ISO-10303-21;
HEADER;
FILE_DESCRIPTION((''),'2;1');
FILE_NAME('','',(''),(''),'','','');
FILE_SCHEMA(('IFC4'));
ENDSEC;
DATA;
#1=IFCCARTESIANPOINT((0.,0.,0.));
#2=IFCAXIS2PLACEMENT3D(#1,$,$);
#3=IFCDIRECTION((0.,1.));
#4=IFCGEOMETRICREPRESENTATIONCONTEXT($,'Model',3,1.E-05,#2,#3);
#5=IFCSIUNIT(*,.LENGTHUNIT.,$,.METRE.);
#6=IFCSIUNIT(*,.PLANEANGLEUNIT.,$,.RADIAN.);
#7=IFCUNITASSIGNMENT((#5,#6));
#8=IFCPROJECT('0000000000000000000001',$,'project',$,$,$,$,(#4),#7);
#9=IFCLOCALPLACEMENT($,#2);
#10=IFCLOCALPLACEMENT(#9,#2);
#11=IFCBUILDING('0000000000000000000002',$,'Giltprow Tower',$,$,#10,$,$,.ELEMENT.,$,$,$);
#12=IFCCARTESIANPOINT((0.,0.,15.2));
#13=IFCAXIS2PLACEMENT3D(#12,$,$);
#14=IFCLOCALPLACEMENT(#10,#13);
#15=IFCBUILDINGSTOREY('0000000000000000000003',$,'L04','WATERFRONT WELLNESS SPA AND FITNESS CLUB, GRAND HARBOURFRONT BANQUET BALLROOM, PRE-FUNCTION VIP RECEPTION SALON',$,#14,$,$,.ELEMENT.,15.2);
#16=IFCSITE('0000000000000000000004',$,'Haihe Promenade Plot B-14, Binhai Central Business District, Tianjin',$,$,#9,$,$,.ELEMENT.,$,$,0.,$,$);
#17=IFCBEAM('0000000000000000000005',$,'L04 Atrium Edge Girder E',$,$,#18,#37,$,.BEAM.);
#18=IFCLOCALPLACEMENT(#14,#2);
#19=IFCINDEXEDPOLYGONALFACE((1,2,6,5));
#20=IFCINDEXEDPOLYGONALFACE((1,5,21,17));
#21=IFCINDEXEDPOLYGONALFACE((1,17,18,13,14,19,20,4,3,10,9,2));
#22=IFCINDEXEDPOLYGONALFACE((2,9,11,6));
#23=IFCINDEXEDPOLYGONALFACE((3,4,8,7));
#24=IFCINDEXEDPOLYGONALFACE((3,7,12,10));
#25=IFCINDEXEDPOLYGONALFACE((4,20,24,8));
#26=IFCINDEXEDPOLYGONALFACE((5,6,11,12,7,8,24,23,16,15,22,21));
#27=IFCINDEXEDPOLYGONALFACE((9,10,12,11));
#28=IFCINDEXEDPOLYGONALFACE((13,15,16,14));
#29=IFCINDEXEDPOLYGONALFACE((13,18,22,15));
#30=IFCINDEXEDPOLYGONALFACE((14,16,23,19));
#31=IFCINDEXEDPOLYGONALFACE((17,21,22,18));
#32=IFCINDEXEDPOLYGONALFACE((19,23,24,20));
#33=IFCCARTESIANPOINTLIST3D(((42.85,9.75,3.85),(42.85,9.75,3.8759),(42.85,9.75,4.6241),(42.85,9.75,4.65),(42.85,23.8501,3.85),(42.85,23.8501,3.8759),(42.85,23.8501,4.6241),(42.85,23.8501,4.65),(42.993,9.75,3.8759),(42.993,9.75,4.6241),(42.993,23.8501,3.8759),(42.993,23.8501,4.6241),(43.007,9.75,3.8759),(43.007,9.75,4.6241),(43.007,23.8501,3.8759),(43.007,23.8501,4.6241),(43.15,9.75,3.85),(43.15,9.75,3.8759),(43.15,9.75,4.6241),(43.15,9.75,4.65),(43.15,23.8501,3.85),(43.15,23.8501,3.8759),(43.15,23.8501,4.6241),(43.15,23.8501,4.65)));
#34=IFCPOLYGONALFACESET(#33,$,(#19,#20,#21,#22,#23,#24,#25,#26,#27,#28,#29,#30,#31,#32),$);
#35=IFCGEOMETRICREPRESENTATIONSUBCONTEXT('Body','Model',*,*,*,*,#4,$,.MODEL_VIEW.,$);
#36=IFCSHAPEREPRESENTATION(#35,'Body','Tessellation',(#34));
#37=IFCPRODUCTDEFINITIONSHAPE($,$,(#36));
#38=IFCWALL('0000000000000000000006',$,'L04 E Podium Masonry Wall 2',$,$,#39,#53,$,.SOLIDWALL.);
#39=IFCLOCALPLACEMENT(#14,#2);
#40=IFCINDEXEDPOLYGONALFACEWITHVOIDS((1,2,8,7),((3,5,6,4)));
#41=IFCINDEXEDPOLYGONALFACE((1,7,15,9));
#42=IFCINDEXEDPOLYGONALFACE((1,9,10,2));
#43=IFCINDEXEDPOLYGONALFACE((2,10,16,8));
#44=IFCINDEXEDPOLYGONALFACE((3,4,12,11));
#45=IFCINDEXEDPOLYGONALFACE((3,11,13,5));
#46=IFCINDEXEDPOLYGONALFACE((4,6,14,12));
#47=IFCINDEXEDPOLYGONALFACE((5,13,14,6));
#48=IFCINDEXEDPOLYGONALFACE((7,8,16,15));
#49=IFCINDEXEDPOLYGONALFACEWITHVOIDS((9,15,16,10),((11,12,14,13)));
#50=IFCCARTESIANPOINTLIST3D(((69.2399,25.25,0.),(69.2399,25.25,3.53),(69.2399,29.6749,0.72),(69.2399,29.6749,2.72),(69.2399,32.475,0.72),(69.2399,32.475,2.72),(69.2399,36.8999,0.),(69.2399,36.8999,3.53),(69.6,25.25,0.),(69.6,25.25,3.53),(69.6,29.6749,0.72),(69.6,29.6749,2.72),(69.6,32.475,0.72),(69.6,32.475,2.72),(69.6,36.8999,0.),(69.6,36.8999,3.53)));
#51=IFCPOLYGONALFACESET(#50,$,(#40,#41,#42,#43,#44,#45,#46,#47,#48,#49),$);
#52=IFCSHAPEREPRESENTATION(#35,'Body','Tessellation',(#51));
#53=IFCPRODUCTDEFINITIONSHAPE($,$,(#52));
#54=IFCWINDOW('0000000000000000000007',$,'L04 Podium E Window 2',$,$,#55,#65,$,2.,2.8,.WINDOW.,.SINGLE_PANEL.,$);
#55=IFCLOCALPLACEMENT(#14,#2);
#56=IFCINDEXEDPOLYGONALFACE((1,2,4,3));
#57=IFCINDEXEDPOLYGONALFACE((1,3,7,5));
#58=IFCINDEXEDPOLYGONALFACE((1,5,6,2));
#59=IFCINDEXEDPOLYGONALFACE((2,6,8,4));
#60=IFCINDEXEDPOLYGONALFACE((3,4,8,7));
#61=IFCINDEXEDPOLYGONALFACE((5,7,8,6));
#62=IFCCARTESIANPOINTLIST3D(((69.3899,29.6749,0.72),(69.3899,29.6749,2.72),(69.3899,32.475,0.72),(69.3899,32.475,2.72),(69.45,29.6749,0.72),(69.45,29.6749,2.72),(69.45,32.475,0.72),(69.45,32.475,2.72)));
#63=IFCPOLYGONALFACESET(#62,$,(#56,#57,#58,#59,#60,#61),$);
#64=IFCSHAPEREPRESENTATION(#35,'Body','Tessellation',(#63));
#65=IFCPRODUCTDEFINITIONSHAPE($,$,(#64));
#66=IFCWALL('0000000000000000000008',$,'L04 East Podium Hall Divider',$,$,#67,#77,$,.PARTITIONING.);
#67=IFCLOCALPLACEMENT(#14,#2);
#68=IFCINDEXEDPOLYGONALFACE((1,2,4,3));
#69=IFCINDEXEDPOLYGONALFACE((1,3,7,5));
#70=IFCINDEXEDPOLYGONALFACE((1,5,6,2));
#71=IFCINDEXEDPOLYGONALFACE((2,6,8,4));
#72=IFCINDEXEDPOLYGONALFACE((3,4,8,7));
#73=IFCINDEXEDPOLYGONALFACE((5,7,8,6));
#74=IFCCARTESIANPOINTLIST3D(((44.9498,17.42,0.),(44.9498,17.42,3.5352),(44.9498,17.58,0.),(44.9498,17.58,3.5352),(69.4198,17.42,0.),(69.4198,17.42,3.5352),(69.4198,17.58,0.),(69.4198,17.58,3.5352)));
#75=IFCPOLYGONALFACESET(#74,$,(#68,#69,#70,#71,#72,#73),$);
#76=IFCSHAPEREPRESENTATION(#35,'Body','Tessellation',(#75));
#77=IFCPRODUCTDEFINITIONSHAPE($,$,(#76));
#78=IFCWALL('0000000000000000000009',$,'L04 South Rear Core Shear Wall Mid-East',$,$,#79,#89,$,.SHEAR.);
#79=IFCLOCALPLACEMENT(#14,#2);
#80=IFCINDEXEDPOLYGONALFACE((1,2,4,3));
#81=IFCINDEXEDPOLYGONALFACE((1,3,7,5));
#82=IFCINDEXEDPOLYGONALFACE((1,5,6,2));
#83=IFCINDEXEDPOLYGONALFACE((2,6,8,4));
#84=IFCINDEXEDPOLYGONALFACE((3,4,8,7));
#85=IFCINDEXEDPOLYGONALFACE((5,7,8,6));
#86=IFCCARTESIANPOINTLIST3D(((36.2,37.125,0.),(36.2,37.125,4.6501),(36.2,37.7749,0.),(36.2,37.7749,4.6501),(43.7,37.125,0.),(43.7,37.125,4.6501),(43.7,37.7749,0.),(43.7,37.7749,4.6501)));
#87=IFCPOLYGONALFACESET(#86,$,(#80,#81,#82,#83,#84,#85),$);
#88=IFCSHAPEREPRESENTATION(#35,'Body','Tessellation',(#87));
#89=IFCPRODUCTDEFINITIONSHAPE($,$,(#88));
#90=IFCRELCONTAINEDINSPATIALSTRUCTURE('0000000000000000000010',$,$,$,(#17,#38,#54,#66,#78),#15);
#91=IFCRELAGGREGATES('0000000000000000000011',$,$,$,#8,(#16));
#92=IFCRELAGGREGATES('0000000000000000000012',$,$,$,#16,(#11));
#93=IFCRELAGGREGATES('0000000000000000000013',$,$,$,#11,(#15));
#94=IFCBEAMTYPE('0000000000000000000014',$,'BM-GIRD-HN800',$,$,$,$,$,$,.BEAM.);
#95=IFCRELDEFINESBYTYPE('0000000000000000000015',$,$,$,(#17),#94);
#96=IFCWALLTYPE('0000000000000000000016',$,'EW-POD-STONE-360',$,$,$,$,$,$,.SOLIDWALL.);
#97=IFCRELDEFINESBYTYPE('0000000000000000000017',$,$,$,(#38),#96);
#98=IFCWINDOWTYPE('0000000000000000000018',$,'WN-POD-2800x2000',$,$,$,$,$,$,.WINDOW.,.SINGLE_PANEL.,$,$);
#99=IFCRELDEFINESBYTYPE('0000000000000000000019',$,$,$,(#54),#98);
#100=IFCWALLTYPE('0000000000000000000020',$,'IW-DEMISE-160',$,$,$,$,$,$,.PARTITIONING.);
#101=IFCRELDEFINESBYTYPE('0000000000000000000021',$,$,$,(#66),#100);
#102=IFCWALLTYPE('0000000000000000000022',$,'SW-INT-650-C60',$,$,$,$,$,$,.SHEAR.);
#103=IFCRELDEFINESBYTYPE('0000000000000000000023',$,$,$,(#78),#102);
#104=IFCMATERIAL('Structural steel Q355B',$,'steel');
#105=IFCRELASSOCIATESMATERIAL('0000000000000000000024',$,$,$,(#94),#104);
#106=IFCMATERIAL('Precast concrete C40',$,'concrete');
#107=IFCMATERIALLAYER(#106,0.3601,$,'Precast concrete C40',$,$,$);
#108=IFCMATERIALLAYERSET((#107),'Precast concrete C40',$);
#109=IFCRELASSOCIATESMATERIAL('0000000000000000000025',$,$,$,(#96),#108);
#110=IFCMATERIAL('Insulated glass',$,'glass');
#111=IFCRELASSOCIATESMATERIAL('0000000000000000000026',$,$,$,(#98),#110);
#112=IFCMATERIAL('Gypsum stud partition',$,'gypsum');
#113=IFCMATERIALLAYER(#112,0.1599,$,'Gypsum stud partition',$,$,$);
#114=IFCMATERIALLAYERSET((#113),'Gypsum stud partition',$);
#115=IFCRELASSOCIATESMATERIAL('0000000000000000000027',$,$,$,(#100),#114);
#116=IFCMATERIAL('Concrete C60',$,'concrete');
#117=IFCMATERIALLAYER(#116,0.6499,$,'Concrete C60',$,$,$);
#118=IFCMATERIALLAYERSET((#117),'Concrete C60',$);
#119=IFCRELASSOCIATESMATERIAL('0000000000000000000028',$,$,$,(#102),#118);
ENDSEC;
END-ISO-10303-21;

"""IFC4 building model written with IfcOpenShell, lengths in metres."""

from ifc_helpers import new_model, si_unit, direction, frame, frame_2d, origin, origin_2d, place, context, subcontext, project, spatial, rectangle, i_section, extrude, source, transform, mapped, material, layer, layer_set, material_profile, profile_set, type_object, element, fill, save


model = new_model("IFC4")

# Units and contexts
model_context = context("Model", 3, precision=1e-05, world=origin(), true_north=direction((0.0, 1.0)))
body_context = subcontext(model_context, "Body", "Model", "MODEL_VIEW")
ifc_project = project(units=[si_unit("LENGTHUNIT", "METRE"), si_unit("PLANEANGLEUNIT", "RADIAN")], contexts=[model_context])

# Site, building, storey
site_placement = place(None, origin())
site = spatial("IfcSite", under=ifc_project, at=site_placement, Name="Haihe Promenade Plot B-14, Binhai Central Business District, Tianjin", CompositionType="ELEMENT", RefElevation=0.0)
building_placement = place(site_placement, origin())
building = spatial("IfcBuilding", under=site, at=building_placement, Name="Giltprow Tower", CompositionType="ELEMENT")
storey_placement = place(building_placement, frame((0.0, 0.0, 15.2)))
storey = spatial("IfcBuildingStorey", under=building, at=storey_placement, Name="L04", Description="WATERFRONT WELLNESS SPA AND FITNESS CLUB, GRAND HARBOURFRONT BANQUET BALLROOM, PRE-FUNCTION VIP RECEPTION SALON", CompositionType="ELEMENT", Elevation=15.2)

# Shared definitions
ifc_material_1 = material(Name="Concrete C60", Category="concrete")

# Beam
ifc_material_2 = material(Name="Structural steel Q355B", Category="steel")
ifc_material_profile_1 = material_profile(ifc_material_2, i_section(OverallWidth=0.3, OverallDepth=0.8, WebThickness=0.0139, FlangeThickness=0.0259, at=origin_2d()), Name="HN 800x300x14x26")
ifc_profile_set_1 = profile_set([ifc_material_profile_1], Name="Structural steel Q355B")
beam_type_1 = type_object("IfcBeamType", Name="BM-GIRD-HN800", PredefinedType="BEAM", material=ifc_profile_set_1)
shared_shape_1 = source(origin(), body_context, "Body", "SweptSolid", [
    extrude(i_section(OverallWidth=0.3, OverallDepth=0.8, WebThickness=0.0139, FlangeThickness=0.0259, at=origin_2d()), origin(), (0.0, 0.0, 1.0), 14.1001),
])
beam_1_placement = place(storey_placement, frame((43.0, 9.75, 4.25), z_axis=(0.0, 1.0, 0.0), x_axis=(-1.0, 0.0, 0.0)))
element("IfcBeam", 1, at=beam_1_placement, inside=storey, type_object=beam_type_1, Name="L04 Atrium Edge Girder E", PredefinedType="BEAM", context=body_context, shape_type="MappedRepresentation", body=[
    mapped(shared_shape_1, transform((0.0, 0.0, 0.0), x_axis=(1.0, 0.0, 0.0), y_axis=(0.0, 1.0, 0.0), z_axis=(0.0, 0.0, 1.0), scale=1.0)),
])

# Wall, opening, window
ifc_material_3 = material(Name="Precast concrete C40", Category="concrete")
ifc_layer_1 = layer(ifc_material_3, 0.3601, Name="Precast concrete C40")
ifc_layer_set_1 = layer_set([ifc_layer_1], Name="Precast concrete C40")
wall_type_1 = type_object("IfcWallType", Name="EW-POD-STONE-360", PredefinedType="SOLIDWALL", material=ifc_layer_set_1)
wall_1_placement = place(storey_placement, frame((69.4199, 25.25, 0.0), z_axis=(0.0, 0.0, 1.0), x_axis=(0.0, 1.0, 0.0)))
wall_1 = element("IfcWall", 2, at=wall_1_placement, inside=storey, type_object=wall_type_1, Name="L04 E Podium Masonry Wall 2", PredefinedType="SOLIDWALL", context=body_context, shape_type="SweptSolid", body=[
    extrude(rectangle(XDim=11.6499, YDim=0.3601, at=frame_2d((5.825, 0.0))), origin(), (0.0, 0.0, 1.0), 3.53),
])
opening_1_placement = place(wall_1_placement, frame((4.425, 0.0, 0.72)))
opening_1 = element("IfcOpeningElement", 3, at=opening_1_placement, cuts=wall_1, PredefinedType="OPENING", context=body_context, shape_type="SweptSolid", body=[
    extrude(rectangle(XDim=2.8, YDim=2.0, at=frame_2d((1.3999, 1.0))), frame((0.0, 0.1899, 0.0), z_axis=(0.0, -1.0, 0.0), x_axis=(1.0, 0.0, 0.0)), (0.0, 0.0, 1.0), 0.3801),
])
ifc_material_4 = material(Name="Insulated glass", Category="glass")
window_type = type_object("IfcWindowType", Name="WN-POD-2800x2000", PartitioningType="SINGLE_PANEL", PredefinedType="WINDOW", material=ifc_material_4)
shared_shape_2 = source(origin(), body_context, "Body", "SweptSolid", [
    extrude(rectangle(XDim=2.8, YDim=2.0, at=frame_2d((1.3999, 1.0))), frame((0.0, 0.03, 0.0), z_axis=(0.0, -1.0, 0.0), x_axis=(1.0, 0.0, 0.0)), (0.0, 0.0, 1.0), 0.0601),
])
window_placement = place(opening_1_placement, origin())
window = element("IfcWindow", 4, at=window_placement, inside=storey, type_object=window_type, Name="L04 Podium E Window 2", OverallHeight=2.0, OverallWidth=2.8, PartitioningType="SINGLE_PANEL", PredefinedType="WINDOW", context=body_context, shape_type="MappedRepresentation", body=[
    mapped(shared_shape_2, transform((0.0, 0.0, 0.0), x_axis=(1.0, 0.0, 0.0), y_axis=(0.0, 1.0, 0.0), z_axis=(0.0, 0.0, 1.0), scale=1.0)),
])
fill(opening_1, window)

# Walls
ifc_material_5 = material(Name="Gypsum stud partition", Category="gypsum")
ifc_layer_2 = layer(ifc_material_5, 0.1599, Name="Gypsum stud partition")
ifc_layer_set_2 = layer_set([ifc_layer_2], Name="Gypsum stud partition")
wall_type_2 = type_object("IfcWallType", Name="IW-DEMISE-160", PredefinedType="PARTITIONING", material=ifc_layer_set_2)
wall_2_placement = place(storey_placement, frame((44.95, 17.5, 0.0), z_axis=(0.0, 0.0, 1.0), x_axis=(1.0, 0.0, 0.0)))
element("IfcWall", 5, at=wall_2_placement, inside=storey, type_object=wall_type_2, Name="L04 East Podium Hall Divider", PredefinedType="PARTITIONING", context=body_context, shape_type="SweptSolid", body=[
    extrude(rectangle(XDim=24.47, YDim=0.1599, at=frame_2d((12.2349, 0.0))), origin(), (0.0, 0.0, 1.0), 3.5352),
])
ifc_layer_3 = layer(ifc_material_1, 0.6499, Name="Concrete C60")
ifc_layer_set_3 = layer_set([ifc_layer_3], Name="Concrete C60")
wall_type_3 = type_object("IfcWallType", Name="SW-INT-650-C60", PredefinedType="SHEAR", material=ifc_layer_set_3)
wall_3_placement = place(storey_placement, frame((36.2, 37.45, 0.0), z_axis=(0.0, 0.0, 1.0), x_axis=(1.0, 0.0, 0.0)))
element("IfcWall", 6, at=wall_3_placement, inside=storey, type_object=wall_type_3, Name="L04 South Rear Core Shear Wall Mid-East", PredefinedType="SHEAR", context=body_context, shape_type="SweptSolid", body=[
    extrude(rectangle(XDim=7.5, YDim=0.6499, at=frame_2d((3.75, 0.0))), origin(), (0.0, 0.0, 1.0), 4.6501),
])

save(model, "model.ifc")
